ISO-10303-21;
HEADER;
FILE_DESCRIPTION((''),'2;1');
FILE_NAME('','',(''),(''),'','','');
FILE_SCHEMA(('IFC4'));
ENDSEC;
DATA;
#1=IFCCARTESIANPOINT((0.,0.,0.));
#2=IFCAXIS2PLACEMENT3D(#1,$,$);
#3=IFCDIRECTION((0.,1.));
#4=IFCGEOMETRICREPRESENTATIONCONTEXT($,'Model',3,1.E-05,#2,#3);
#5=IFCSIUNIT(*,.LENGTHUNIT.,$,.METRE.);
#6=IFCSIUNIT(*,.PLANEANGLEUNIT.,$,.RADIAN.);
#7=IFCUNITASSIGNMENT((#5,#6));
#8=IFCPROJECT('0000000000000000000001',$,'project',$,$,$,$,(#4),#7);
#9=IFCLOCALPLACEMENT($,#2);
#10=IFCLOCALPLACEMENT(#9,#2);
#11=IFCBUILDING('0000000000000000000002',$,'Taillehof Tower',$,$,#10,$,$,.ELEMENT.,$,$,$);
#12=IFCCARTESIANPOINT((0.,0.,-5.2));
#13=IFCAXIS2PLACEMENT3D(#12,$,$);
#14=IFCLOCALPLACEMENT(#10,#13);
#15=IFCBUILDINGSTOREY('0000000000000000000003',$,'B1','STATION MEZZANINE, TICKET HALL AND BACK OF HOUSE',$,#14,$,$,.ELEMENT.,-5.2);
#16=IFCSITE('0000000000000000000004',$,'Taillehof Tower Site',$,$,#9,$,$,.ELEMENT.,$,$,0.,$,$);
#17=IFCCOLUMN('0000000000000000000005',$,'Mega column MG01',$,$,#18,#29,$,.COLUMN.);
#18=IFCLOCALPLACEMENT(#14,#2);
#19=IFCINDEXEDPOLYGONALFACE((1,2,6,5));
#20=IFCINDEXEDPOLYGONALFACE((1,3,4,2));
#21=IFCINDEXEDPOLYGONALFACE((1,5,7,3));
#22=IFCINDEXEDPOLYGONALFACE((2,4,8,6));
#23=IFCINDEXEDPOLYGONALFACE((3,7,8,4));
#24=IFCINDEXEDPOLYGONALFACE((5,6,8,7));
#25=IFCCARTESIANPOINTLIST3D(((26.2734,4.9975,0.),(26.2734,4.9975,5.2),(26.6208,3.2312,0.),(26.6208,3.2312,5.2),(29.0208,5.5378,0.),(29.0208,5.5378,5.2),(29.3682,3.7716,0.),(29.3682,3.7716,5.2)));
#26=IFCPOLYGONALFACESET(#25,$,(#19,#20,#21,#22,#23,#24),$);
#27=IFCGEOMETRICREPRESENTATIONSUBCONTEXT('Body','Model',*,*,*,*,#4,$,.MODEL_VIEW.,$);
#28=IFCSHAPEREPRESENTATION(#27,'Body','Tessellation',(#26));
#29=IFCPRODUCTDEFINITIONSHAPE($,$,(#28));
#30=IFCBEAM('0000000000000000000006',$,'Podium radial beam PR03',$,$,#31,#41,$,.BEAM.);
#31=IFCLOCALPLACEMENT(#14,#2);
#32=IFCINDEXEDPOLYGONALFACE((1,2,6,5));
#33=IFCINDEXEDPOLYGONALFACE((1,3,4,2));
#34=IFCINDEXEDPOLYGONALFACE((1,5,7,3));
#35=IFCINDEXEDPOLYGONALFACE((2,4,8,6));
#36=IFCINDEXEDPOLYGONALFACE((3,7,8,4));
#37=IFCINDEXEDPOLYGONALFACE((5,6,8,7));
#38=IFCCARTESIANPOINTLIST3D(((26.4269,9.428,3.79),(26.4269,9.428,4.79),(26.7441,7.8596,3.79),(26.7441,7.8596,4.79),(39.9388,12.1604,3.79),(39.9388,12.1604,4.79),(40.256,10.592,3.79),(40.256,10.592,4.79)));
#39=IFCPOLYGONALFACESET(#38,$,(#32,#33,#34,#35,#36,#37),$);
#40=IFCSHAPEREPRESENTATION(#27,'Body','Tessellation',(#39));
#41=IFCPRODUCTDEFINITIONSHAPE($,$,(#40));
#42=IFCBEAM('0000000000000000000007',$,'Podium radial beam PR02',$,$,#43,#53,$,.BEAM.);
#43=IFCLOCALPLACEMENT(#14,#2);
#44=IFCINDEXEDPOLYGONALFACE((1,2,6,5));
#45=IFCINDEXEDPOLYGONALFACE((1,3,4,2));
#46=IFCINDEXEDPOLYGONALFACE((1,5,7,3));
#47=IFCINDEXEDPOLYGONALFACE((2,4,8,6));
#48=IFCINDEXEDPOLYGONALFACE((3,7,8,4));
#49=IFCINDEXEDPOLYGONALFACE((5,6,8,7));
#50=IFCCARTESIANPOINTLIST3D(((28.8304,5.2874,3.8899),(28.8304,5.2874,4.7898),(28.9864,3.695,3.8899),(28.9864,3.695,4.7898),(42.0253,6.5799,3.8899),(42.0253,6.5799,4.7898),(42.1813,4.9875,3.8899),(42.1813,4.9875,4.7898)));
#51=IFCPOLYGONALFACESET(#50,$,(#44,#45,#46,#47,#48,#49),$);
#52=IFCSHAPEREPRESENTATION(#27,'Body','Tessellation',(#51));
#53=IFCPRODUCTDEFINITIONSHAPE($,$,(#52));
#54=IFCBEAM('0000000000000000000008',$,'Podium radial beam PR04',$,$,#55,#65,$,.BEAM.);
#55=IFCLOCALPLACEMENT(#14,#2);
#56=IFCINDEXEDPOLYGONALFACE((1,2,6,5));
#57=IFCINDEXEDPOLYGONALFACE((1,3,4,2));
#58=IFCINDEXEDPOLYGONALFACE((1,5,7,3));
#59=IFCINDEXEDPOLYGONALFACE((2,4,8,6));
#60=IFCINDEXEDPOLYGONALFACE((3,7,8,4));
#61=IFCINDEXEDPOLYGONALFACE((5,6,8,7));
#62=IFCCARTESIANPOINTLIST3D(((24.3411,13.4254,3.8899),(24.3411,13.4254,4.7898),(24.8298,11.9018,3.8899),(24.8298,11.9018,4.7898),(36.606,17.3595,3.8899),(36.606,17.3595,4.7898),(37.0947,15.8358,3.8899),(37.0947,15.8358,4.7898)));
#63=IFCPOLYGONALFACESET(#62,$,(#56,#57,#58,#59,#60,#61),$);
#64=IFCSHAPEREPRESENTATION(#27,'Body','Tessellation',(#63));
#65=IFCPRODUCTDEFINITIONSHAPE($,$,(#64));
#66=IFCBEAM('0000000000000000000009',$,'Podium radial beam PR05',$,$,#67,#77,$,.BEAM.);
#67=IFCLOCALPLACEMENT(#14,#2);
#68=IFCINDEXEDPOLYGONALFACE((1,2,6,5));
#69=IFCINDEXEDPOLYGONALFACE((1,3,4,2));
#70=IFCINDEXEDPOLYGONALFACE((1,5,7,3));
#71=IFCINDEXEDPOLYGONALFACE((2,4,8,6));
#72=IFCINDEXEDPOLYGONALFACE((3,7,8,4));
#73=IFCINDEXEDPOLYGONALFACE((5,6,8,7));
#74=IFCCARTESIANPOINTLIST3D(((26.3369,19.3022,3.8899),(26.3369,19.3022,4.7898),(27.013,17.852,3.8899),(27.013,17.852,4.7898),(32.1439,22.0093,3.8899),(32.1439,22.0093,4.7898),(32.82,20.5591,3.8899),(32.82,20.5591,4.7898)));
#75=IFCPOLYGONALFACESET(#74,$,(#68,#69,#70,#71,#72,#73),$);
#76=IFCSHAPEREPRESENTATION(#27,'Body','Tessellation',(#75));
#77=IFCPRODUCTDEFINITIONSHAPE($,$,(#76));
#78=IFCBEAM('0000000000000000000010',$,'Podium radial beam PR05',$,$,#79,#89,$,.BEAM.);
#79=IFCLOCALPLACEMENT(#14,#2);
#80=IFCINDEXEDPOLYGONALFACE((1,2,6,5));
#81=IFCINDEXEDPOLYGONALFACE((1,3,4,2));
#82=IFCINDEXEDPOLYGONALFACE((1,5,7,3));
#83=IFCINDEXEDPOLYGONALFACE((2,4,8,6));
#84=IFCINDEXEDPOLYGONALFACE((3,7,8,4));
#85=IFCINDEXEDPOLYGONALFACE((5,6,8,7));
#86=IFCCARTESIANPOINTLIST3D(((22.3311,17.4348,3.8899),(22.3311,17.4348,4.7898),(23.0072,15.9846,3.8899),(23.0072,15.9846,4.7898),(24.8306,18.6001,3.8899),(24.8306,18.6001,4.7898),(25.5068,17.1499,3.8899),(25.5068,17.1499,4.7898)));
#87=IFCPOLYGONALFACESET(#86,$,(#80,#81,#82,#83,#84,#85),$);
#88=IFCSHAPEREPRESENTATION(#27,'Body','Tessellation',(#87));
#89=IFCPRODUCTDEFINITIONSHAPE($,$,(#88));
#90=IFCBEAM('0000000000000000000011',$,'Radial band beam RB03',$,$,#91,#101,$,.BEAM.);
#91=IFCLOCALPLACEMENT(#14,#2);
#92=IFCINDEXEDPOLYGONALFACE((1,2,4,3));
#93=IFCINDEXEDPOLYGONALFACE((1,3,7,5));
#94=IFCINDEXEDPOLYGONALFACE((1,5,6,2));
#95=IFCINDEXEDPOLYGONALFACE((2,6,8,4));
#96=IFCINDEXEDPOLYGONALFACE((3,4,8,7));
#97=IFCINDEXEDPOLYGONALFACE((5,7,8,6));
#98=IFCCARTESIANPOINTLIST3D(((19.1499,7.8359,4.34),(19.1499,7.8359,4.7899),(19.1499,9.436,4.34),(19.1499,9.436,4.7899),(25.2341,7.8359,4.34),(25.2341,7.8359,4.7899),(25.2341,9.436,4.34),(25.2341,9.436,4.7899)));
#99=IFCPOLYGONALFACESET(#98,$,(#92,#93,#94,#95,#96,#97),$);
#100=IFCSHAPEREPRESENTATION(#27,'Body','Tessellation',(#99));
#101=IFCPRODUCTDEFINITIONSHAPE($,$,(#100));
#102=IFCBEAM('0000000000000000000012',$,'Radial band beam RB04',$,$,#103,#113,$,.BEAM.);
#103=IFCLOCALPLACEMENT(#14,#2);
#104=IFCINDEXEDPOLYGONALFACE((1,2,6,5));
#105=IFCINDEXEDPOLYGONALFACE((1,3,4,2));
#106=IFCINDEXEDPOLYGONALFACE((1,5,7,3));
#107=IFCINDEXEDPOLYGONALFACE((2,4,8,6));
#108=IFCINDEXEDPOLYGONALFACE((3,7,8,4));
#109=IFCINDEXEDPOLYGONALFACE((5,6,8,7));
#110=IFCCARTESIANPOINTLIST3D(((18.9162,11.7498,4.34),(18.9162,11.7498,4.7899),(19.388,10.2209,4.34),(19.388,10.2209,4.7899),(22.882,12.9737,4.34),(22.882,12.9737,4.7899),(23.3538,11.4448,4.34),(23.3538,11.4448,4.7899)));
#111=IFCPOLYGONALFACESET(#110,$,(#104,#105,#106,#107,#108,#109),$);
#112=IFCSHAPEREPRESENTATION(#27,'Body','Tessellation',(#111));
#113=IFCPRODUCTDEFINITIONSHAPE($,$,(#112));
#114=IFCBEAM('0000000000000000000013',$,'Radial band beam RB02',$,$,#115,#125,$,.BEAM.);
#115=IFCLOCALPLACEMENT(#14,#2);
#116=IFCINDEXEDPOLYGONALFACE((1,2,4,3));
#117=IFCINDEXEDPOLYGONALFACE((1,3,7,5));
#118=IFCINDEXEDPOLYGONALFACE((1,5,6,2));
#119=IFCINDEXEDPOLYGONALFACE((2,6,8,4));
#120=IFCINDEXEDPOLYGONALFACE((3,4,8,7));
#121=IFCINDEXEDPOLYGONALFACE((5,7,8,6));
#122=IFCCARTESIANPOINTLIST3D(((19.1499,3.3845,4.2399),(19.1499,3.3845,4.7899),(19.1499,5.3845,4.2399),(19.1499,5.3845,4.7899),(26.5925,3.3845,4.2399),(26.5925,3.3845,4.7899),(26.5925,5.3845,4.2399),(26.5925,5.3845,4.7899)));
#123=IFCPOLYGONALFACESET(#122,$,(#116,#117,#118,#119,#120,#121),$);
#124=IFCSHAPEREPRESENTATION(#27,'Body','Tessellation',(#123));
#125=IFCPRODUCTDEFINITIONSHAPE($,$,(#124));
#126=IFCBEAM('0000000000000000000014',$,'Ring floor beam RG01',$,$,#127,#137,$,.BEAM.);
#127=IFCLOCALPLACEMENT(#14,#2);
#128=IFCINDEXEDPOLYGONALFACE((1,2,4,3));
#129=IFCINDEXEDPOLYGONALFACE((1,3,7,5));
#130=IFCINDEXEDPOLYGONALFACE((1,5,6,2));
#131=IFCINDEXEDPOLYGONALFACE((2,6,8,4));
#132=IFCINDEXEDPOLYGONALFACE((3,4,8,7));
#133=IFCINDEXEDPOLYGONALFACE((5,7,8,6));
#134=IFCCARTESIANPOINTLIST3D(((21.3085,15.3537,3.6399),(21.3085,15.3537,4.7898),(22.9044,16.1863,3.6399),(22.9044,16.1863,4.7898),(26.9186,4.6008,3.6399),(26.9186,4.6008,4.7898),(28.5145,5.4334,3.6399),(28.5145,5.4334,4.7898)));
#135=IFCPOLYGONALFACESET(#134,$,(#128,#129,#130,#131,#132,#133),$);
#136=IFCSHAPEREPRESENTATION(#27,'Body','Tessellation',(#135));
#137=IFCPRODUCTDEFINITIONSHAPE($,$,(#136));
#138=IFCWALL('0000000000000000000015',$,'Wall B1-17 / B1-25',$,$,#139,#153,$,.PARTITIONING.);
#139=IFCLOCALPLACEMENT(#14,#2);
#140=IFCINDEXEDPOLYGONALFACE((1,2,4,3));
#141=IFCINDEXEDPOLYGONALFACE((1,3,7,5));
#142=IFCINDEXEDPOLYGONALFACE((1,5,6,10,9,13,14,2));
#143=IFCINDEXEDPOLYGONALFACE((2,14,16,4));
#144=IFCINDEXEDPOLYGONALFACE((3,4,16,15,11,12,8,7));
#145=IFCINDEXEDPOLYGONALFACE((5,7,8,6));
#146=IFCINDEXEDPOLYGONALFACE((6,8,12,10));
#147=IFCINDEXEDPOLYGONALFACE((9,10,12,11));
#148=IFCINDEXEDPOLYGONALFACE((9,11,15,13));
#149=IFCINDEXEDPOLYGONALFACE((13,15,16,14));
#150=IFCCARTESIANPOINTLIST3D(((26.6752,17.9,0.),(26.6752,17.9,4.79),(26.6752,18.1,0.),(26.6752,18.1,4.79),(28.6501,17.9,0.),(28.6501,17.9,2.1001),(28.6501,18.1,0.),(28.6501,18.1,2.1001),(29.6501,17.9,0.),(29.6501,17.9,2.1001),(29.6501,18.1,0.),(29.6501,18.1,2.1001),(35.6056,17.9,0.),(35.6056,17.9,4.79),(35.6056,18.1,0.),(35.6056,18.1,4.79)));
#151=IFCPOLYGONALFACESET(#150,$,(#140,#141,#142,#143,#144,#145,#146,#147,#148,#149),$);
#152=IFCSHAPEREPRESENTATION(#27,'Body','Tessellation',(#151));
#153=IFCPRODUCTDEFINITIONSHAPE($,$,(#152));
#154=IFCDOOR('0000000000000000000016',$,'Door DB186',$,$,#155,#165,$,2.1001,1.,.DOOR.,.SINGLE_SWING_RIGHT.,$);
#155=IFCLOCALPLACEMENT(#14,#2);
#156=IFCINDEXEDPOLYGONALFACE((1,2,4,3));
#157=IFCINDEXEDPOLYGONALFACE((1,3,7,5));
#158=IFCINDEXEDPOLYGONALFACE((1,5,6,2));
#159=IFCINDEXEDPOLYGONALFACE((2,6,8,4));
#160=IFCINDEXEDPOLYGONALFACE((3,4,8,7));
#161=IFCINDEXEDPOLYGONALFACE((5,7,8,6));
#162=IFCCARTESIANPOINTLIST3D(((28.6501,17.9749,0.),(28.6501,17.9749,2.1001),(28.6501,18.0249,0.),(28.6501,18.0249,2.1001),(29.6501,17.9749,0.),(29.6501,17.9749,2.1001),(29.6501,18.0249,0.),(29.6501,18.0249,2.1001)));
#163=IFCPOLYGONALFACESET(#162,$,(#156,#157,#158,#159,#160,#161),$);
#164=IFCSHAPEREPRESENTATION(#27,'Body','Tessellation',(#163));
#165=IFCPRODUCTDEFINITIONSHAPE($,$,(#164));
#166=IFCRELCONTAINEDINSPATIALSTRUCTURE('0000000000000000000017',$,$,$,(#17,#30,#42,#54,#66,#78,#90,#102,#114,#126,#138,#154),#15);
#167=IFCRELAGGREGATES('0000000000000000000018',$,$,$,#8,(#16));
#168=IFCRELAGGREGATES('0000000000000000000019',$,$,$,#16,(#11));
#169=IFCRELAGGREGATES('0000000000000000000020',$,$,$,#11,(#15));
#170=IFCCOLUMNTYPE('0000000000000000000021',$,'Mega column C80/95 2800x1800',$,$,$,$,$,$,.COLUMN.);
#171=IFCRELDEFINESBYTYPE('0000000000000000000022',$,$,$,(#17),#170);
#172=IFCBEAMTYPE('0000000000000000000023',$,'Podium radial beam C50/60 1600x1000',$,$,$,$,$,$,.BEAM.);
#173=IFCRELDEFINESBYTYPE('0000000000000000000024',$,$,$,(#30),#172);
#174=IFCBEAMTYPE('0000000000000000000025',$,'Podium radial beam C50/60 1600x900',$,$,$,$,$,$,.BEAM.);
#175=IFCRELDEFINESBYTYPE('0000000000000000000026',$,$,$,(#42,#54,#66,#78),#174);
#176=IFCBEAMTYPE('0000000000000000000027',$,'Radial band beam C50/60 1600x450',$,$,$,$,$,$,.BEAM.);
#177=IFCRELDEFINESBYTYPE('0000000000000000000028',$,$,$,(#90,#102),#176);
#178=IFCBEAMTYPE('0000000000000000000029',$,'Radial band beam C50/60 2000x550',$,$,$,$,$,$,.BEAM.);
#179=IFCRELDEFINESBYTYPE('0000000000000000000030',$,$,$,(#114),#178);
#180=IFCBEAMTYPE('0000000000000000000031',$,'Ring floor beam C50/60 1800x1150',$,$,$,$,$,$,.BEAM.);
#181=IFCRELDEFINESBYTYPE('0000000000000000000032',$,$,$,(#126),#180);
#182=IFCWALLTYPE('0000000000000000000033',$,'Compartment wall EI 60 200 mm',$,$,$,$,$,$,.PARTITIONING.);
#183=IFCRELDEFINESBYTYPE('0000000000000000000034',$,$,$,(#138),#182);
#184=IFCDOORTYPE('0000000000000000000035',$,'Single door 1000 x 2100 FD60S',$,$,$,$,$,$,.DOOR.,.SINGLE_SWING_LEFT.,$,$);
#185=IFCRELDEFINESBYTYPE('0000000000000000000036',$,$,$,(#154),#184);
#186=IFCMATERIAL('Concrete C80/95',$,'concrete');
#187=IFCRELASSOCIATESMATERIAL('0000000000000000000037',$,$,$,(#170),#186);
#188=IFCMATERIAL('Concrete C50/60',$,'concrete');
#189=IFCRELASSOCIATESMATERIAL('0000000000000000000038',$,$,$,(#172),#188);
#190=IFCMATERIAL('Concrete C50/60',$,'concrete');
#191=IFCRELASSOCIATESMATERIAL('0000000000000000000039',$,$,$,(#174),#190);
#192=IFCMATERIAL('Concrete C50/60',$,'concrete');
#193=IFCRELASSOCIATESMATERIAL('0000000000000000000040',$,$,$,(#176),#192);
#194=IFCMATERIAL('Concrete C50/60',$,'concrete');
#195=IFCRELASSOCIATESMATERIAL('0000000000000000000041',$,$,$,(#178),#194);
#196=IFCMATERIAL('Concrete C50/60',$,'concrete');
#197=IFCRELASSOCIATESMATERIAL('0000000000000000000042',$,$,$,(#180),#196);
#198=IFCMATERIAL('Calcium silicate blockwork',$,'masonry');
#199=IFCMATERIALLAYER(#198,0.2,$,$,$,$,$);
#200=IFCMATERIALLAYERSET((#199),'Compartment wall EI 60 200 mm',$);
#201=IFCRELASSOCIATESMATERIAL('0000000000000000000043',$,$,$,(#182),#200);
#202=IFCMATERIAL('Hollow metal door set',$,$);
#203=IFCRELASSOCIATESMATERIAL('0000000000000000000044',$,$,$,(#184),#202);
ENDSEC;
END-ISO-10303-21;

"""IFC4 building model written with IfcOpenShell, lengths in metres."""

from ifc_helpers import new_model, si_unit, direction, frame, frame_2d, origin, origin_2d, place, context, subcontext, project, spatial, rectangle, extrude, material, layer, layer_set, material_profile, profile_set, type_object, element, fill, save


model = new_model("IFC4")

# Units and contexts
model_context = context("Model", 3, precision=1e-05, world=origin(), true_north=direction((0.0, 1.0)))
body_context = subcontext(model_context, "Body", "Model", "MODEL_VIEW")
ifc_project = project(units=[si_unit("LENGTHUNIT", "METRE"), si_unit("PLANEANGLEUNIT", "RADIAN")], contexts=[model_context])

# Site, building, storey
site_placement = place(None, origin())
site = spatial("IfcSite", under=ifc_project, at=site_placement, Name="Taillehof Tower Site", CompositionType="ELEMENT", RefElevation=0.0)
building_placement = place(site_placement, origin())
building = spatial("IfcBuilding", under=site, at=building_placement, Name="Taillehof Tower", CompositionType="ELEMENT")
storey_placement = place(building_placement, frame((0.0, 0.0, -5.2)))
storey = spatial("IfcBuildingStorey", under=building, at=storey_placement, Name="B1", Description="STATION MEZZANINE, TICKET HALL AND BACK OF HOUSE", CompositionType="ELEMENT", Elevation=-5.2)

# Column
ifc_material_1 = material(Name="Concrete C80/95", Category="concrete")
ifc_material_profile_1 = material_profile(ifc_material_1, rectangle(XDim=2.8, YDim=1.8, at=origin_2d()), Name="RC 2800x1800")
ifc_profile_set_1 = profile_set([ifc_material_profile_1], Name="Concrete C80/95")
column_type = type_object("IfcColumnType", Name="Mega column C80/95 2800x1800", PredefinedType="COLUMN", material=ifc_profile_set_1)
column_placement = place(storey_placement, frame((27.8208, 4.3845, 0.0), z_axis=(0.0, 0.0, 1.0), x_axis=(0.981204, 0.192976, 0.0)))
element("IfcColumn", 1, at=column_placement, inside=storey, type_object=column_type, Name="Mega column MG01", PredefinedType="COLUMN", context=body_context, shape_type="SweptSolid", body=[
    extrude(rectangle(XDim=2.8, YDim=1.8, at=origin_2d()), origin(), (0.0, 0.0, 1.0), 5.2),
])

# Beams
ifc_material_2 = material(Name="Concrete C50/60", Category="concrete")
ifc_material_profile_2 = material_profile(ifc_material_2, rectangle(XDim=1.6001, YDim=1.0, at=origin_2d()), Name="RC 1600x1000")
ifc_profile_set_2 = profile_set([ifc_material_profile_2], Name="Concrete C50/60")
beam_type_1 = type_object("IfcBeamType", Name="Podium radial beam C50/60 1600x1000", PredefinedType="BEAM", material=ifc_profile_set_2)
beam_1_placement = place(storey_placement, frame((40.0974, 11.3762, 4.29), z_axis=(-0.98016, -0.19821, 0.0), x_axis=(0.19821, -0.98016, 0.0)))
element("IfcBeam", 2, at=beam_1_placement, inside=storey, type_object=beam_type_1, Name="Podium radial beam PR03", PredefinedType="BEAM", context=body_context, shape_type="SweptSolid", body=[
    extrude(rectangle(XDim=1.6001, YDim=1.0, at=origin_2d()), origin(), (0.0, 0.0, 1.0), 13.7854),
])
ifc_material_3 = material(Name="Concrete C50/60", Category="concrete")
ifc_material_profile_3 = material_profile(ifc_material_3, rectangle(XDim=1.6001, YDim=0.8999, at=origin_2d()), Name="RC 1600x900")
ifc_profile_set_3 = profile_set([ifc_material_profile_3], Name="Concrete C50/60")
beam_type_2 = type_object("IfcBeamType", Name="Podium radial beam C50/60 1600x900", PredefinedType="BEAM", material=ifc_profile_set_3)
beam_2_placement = place(storey_placement, frame((42.1033, 5.7837, 4.3398), z_axis=(-0.995237, -0.097487, 0.0), x_axis=(0.097487, -0.995237, 0.0)))
element("IfcBeam", 3, at=beam_2_placement, inside=storey, type_object=beam_type_2, Name="Podium radial beam PR02", PredefinedType="BEAM", context=body_context, shape_type="SweptSolid", body=[
    extrude(rectangle(XDim=1.6001, YDim=0.8999, at=origin_2d()), origin(), (0.0, 0.0, 1.0), 13.2581),
])
beam_3_placement = place(storey_placement, frame((36.8503, 16.5977, 4.3398), z_axis=(-0.952214, -0.305432, 0.0), x_axis=(0.305432, -0.952214, 0.0)))
element("IfcBeam", 4, at=beam_3_placement, inside=storey, type_object=beam_type_2, Name="Podium radial beam PR04", PredefinedType="BEAM", context=body_context, shape_type="SweptSolid", body=[
    extrude(rectangle(XDim=1.6001, YDim=0.8999, at=origin_2d()), origin(), (0.0, 0.0, 1.0), 12.8804),
])
beam_4_placement = place(storey_placement, frame((32.4819, 21.2842, 4.3398), z_axis=(-0.906353, -0.42252, 0.0), x_axis=(0.42252, -0.906353, 0.0)))
element("IfcBeam", 5, at=beam_4_placement, inside=storey, type_object=beam_type_2, Name="Podium radial beam PR05", PredefinedType="BEAM", context=body_context, shape_type="SweptSolid", body=[
    extrude(rectangle(XDim=1.6001, YDim=0.8999, at=origin_2d()), origin(), (0.0, 0.0, 1.0), 6.407),
])
beam_5_placement = place(storey_placement, frame((25.1687, 17.875, 4.3398), z_axis=(-0.906344, -0.422541, 0.0), x_axis=(0.422541, -0.906344, 0.0)))
element("IfcBeam", 6, at=beam_5_placement, inside=storey, type_object=beam_type_2, Name="Podium radial beam PR05", PredefinedType="BEAM", context=body_context, shape_type="SweptSolid", body=[
    extrude(rectangle(XDim=1.6001, YDim=0.8999, at=origin_2d()), origin(), (0.0, 0.0, 1.0), 2.7578),
])
ifc_material_4 = material(Name="Concrete C50/60", Category="concrete")
ifc_material_profile_4 = material_profile(ifc_material_4, rectangle(XDim=1.6001, YDim=0.45, at=origin_2d()), Name="RC 1600x450")
ifc_profile_set_4 = profile_set([ifc_material_profile_4], Name="Concrete C50/60")
beam_type_3 = type_object("IfcBeamType", Name="Radial band beam C50/60 1600x450", PredefinedType="BEAM", material=ifc_profile_set_4)
beam_6_placement = place(storey_placement, frame((25.2341, 8.636, 4.5649), z_axis=(-1.0, 0.0, 0.0), x_axis=(0.0, -1.0, 0.0)))
element("IfcBeam", 7, at=beam_6_placement, inside=storey, type_object=beam_type_3, Name="Radial band beam RB03", PredefinedType="BEAM", context=body_context, shape_type="SweptSolid", body=[
    extrude(rectangle(XDim=1.6001, YDim=0.45, at=origin_2d()), origin(), (0.0, 0.0, 1.0), 6.0842),
])
beam_7_placement = place(storey_placement, frame((23.1179, 12.2092, 4.5649), z_axis=(-0.955533, -0.294884, 0.0), x_axis=(0.294884, -0.955533, 0.0)))
element("IfcBeam", 8, at=beam_7_placement, inside=storey, type_object=beam_type_3, Name="Radial band beam RB04", PredefinedType="BEAM", context=body_context, shape_type="SweptSolid", body=[
    extrude(rectangle(XDim=1.6001, YDim=0.45, at=origin_2d()), origin(), (0.0, 0.0, 1.0), 4.1504),
])
ifc_material_5 = material(Name="Concrete C50/60", Category="concrete")
ifc_material_profile_5 = material_profile(ifc_material_5, rectangle(XDim=2.0, YDim=0.55, at=origin_2d()), Name="RC 2000x550")
ifc_profile_set_5 = profile_set([ifc_material_profile_5], Name="Concrete C50/60")
beam_type_4 = type_object("IfcBeamType", Name="Radial band beam C50/60 2000x550", PredefinedType="BEAM", material=ifc_profile_set_5)
beam_8_placement = place(storey_placement, frame((26.5925, 4.3845, 4.5149), z_axis=(-1.0, 0.0, 0.0), x_axis=(0.0, -1.0, 0.0)))
element("IfcBeam", 9, at=beam_8_placement, inside=storey, type_object=beam_type_4, Name="Radial band beam RB02", PredefinedType="BEAM", context=body_context, shape_type="SweptSolid", body=[
    extrude(rectangle(XDim=2.0, YDim=0.55, at=origin_2d()), origin(), (0.0, 0.0, 1.0), 7.4426),
])
ifc_material_6 = material(Name="Concrete C50/60", Category="concrete")
ifc_material_profile_6 = material_profile(ifc_material_6, rectangle(XDim=1.8, YDim=1.1499, at=origin_2d()), Name="RC 1800x1150")
ifc_profile_set_6 = profile_set([ifc_material_profile_6], Name="Concrete C50/60")
beam_type_5 = type_object("IfcBeamType", Name="Ring floor beam C50/60 1800x1150", PredefinedType="BEAM", material=ifc_profile_set_6)
beam_9_placement = place(storey_placement, frame((27.7166, 5.0171, 4.2148), z_axis=(-0.462558, 0.886589, 0.0), x_axis=(-0.886589, -0.462558, 0.0)))
element("IfcBeam", 10, at=beam_9_placement, inside=storey, type_object=beam_type_5, Name="Ring floor beam RG01", PredefinedType="BEAM", context=body_context, shape_type="SweptSolid", body=[
    extrude(rectangle(XDim=1.8, YDim=1.1499, at=origin_2d()), origin(), (0.0, 0.0, 1.0), 12.1284),
])

# Wall, opening, door
ifc_material_7 = material(Name="Calcium silicate blockwork", Category="masonry")
ifc_layer_1 = layer(ifc_material_7, 0.2)
ifc_layer_set_1 = layer_set([ifc_layer_1], Name="Compartment wall EI 60 200 mm")
wall_type_1 = type_object("IfcWallType", Name="Compartment wall EI 60 200 mm", PredefinedType="PARTITIONING", material=ifc_layer_set_1)
wall_1_placement = place(storey_placement, frame((26.675, 18.0, 0.0), z_axis=(0.0, 0.0, 1.0), x_axis=(1.0, 0.0, 0.0)))
wall_1 = element("IfcWall", 11, at=wall_1_placement, inside=storey, type_object=wall_type_1, Name="Wall B1-17 / B1-25", PredefinedType="PARTITIONING", context=body_context, shape_type="SweptSolid", body=[
    extrude(rectangle(XDim=8.9304, YDim=0.2, at=frame_2d((4.4653, 0.0))), origin(), (0.0, 0.0, 1.0), 4.79),
])
opening_placement = place(wall_1_placement, frame((1.9751, 0.0, 0.0)))
opening = element("IfcOpeningElement", 12, at=opening_placement, cuts=wall_1, PredefinedType="OPENING", context=body_context, shape_type="SweptSolid", body=[
    extrude(rectangle(XDim=1.0, YDim=2.1001, at=frame_2d((0.5, 1.05))), frame((0.0, 0.1099, 0.0), z_axis=(0.0, -1.0, 0.0), x_axis=(1.0, 0.0, 0.0)), (0.0, 0.0, 1.0), 0.22),
])
ifc_material_8 = material(Name="Hollow metal door set")
door_type = type_object("IfcDoorType", Name="Single door 1000 x 2100 FD60S", OperationType="SINGLE_SWING_LEFT", PredefinedType="DOOR", material=ifc_material_8)
door_placement = place(opening_placement, origin())
door = element("IfcDoor", 13, at=door_placement, inside=storey, type_object=door_type, Name="Door DB186", OperationType="SINGLE_SWING_RIGHT", OverallHeight=2.1001, OverallWidth=1.0, PredefinedType="DOOR", context=body_context, shape_type="SweptSolid", body=[
    extrude(rectangle(XDim=1.0, YDim=2.1001, at=frame_2d((0.5, 1.05))), frame((0.0, 0.0249, 0.0), z_axis=(0.0, -1.0, 0.0), x_axis=(1.0, 0.0, 0.0)), (0.0, 0.0, 1.0), 0.05),
])
fill(opening, door)

save(model, "model.ifc")
